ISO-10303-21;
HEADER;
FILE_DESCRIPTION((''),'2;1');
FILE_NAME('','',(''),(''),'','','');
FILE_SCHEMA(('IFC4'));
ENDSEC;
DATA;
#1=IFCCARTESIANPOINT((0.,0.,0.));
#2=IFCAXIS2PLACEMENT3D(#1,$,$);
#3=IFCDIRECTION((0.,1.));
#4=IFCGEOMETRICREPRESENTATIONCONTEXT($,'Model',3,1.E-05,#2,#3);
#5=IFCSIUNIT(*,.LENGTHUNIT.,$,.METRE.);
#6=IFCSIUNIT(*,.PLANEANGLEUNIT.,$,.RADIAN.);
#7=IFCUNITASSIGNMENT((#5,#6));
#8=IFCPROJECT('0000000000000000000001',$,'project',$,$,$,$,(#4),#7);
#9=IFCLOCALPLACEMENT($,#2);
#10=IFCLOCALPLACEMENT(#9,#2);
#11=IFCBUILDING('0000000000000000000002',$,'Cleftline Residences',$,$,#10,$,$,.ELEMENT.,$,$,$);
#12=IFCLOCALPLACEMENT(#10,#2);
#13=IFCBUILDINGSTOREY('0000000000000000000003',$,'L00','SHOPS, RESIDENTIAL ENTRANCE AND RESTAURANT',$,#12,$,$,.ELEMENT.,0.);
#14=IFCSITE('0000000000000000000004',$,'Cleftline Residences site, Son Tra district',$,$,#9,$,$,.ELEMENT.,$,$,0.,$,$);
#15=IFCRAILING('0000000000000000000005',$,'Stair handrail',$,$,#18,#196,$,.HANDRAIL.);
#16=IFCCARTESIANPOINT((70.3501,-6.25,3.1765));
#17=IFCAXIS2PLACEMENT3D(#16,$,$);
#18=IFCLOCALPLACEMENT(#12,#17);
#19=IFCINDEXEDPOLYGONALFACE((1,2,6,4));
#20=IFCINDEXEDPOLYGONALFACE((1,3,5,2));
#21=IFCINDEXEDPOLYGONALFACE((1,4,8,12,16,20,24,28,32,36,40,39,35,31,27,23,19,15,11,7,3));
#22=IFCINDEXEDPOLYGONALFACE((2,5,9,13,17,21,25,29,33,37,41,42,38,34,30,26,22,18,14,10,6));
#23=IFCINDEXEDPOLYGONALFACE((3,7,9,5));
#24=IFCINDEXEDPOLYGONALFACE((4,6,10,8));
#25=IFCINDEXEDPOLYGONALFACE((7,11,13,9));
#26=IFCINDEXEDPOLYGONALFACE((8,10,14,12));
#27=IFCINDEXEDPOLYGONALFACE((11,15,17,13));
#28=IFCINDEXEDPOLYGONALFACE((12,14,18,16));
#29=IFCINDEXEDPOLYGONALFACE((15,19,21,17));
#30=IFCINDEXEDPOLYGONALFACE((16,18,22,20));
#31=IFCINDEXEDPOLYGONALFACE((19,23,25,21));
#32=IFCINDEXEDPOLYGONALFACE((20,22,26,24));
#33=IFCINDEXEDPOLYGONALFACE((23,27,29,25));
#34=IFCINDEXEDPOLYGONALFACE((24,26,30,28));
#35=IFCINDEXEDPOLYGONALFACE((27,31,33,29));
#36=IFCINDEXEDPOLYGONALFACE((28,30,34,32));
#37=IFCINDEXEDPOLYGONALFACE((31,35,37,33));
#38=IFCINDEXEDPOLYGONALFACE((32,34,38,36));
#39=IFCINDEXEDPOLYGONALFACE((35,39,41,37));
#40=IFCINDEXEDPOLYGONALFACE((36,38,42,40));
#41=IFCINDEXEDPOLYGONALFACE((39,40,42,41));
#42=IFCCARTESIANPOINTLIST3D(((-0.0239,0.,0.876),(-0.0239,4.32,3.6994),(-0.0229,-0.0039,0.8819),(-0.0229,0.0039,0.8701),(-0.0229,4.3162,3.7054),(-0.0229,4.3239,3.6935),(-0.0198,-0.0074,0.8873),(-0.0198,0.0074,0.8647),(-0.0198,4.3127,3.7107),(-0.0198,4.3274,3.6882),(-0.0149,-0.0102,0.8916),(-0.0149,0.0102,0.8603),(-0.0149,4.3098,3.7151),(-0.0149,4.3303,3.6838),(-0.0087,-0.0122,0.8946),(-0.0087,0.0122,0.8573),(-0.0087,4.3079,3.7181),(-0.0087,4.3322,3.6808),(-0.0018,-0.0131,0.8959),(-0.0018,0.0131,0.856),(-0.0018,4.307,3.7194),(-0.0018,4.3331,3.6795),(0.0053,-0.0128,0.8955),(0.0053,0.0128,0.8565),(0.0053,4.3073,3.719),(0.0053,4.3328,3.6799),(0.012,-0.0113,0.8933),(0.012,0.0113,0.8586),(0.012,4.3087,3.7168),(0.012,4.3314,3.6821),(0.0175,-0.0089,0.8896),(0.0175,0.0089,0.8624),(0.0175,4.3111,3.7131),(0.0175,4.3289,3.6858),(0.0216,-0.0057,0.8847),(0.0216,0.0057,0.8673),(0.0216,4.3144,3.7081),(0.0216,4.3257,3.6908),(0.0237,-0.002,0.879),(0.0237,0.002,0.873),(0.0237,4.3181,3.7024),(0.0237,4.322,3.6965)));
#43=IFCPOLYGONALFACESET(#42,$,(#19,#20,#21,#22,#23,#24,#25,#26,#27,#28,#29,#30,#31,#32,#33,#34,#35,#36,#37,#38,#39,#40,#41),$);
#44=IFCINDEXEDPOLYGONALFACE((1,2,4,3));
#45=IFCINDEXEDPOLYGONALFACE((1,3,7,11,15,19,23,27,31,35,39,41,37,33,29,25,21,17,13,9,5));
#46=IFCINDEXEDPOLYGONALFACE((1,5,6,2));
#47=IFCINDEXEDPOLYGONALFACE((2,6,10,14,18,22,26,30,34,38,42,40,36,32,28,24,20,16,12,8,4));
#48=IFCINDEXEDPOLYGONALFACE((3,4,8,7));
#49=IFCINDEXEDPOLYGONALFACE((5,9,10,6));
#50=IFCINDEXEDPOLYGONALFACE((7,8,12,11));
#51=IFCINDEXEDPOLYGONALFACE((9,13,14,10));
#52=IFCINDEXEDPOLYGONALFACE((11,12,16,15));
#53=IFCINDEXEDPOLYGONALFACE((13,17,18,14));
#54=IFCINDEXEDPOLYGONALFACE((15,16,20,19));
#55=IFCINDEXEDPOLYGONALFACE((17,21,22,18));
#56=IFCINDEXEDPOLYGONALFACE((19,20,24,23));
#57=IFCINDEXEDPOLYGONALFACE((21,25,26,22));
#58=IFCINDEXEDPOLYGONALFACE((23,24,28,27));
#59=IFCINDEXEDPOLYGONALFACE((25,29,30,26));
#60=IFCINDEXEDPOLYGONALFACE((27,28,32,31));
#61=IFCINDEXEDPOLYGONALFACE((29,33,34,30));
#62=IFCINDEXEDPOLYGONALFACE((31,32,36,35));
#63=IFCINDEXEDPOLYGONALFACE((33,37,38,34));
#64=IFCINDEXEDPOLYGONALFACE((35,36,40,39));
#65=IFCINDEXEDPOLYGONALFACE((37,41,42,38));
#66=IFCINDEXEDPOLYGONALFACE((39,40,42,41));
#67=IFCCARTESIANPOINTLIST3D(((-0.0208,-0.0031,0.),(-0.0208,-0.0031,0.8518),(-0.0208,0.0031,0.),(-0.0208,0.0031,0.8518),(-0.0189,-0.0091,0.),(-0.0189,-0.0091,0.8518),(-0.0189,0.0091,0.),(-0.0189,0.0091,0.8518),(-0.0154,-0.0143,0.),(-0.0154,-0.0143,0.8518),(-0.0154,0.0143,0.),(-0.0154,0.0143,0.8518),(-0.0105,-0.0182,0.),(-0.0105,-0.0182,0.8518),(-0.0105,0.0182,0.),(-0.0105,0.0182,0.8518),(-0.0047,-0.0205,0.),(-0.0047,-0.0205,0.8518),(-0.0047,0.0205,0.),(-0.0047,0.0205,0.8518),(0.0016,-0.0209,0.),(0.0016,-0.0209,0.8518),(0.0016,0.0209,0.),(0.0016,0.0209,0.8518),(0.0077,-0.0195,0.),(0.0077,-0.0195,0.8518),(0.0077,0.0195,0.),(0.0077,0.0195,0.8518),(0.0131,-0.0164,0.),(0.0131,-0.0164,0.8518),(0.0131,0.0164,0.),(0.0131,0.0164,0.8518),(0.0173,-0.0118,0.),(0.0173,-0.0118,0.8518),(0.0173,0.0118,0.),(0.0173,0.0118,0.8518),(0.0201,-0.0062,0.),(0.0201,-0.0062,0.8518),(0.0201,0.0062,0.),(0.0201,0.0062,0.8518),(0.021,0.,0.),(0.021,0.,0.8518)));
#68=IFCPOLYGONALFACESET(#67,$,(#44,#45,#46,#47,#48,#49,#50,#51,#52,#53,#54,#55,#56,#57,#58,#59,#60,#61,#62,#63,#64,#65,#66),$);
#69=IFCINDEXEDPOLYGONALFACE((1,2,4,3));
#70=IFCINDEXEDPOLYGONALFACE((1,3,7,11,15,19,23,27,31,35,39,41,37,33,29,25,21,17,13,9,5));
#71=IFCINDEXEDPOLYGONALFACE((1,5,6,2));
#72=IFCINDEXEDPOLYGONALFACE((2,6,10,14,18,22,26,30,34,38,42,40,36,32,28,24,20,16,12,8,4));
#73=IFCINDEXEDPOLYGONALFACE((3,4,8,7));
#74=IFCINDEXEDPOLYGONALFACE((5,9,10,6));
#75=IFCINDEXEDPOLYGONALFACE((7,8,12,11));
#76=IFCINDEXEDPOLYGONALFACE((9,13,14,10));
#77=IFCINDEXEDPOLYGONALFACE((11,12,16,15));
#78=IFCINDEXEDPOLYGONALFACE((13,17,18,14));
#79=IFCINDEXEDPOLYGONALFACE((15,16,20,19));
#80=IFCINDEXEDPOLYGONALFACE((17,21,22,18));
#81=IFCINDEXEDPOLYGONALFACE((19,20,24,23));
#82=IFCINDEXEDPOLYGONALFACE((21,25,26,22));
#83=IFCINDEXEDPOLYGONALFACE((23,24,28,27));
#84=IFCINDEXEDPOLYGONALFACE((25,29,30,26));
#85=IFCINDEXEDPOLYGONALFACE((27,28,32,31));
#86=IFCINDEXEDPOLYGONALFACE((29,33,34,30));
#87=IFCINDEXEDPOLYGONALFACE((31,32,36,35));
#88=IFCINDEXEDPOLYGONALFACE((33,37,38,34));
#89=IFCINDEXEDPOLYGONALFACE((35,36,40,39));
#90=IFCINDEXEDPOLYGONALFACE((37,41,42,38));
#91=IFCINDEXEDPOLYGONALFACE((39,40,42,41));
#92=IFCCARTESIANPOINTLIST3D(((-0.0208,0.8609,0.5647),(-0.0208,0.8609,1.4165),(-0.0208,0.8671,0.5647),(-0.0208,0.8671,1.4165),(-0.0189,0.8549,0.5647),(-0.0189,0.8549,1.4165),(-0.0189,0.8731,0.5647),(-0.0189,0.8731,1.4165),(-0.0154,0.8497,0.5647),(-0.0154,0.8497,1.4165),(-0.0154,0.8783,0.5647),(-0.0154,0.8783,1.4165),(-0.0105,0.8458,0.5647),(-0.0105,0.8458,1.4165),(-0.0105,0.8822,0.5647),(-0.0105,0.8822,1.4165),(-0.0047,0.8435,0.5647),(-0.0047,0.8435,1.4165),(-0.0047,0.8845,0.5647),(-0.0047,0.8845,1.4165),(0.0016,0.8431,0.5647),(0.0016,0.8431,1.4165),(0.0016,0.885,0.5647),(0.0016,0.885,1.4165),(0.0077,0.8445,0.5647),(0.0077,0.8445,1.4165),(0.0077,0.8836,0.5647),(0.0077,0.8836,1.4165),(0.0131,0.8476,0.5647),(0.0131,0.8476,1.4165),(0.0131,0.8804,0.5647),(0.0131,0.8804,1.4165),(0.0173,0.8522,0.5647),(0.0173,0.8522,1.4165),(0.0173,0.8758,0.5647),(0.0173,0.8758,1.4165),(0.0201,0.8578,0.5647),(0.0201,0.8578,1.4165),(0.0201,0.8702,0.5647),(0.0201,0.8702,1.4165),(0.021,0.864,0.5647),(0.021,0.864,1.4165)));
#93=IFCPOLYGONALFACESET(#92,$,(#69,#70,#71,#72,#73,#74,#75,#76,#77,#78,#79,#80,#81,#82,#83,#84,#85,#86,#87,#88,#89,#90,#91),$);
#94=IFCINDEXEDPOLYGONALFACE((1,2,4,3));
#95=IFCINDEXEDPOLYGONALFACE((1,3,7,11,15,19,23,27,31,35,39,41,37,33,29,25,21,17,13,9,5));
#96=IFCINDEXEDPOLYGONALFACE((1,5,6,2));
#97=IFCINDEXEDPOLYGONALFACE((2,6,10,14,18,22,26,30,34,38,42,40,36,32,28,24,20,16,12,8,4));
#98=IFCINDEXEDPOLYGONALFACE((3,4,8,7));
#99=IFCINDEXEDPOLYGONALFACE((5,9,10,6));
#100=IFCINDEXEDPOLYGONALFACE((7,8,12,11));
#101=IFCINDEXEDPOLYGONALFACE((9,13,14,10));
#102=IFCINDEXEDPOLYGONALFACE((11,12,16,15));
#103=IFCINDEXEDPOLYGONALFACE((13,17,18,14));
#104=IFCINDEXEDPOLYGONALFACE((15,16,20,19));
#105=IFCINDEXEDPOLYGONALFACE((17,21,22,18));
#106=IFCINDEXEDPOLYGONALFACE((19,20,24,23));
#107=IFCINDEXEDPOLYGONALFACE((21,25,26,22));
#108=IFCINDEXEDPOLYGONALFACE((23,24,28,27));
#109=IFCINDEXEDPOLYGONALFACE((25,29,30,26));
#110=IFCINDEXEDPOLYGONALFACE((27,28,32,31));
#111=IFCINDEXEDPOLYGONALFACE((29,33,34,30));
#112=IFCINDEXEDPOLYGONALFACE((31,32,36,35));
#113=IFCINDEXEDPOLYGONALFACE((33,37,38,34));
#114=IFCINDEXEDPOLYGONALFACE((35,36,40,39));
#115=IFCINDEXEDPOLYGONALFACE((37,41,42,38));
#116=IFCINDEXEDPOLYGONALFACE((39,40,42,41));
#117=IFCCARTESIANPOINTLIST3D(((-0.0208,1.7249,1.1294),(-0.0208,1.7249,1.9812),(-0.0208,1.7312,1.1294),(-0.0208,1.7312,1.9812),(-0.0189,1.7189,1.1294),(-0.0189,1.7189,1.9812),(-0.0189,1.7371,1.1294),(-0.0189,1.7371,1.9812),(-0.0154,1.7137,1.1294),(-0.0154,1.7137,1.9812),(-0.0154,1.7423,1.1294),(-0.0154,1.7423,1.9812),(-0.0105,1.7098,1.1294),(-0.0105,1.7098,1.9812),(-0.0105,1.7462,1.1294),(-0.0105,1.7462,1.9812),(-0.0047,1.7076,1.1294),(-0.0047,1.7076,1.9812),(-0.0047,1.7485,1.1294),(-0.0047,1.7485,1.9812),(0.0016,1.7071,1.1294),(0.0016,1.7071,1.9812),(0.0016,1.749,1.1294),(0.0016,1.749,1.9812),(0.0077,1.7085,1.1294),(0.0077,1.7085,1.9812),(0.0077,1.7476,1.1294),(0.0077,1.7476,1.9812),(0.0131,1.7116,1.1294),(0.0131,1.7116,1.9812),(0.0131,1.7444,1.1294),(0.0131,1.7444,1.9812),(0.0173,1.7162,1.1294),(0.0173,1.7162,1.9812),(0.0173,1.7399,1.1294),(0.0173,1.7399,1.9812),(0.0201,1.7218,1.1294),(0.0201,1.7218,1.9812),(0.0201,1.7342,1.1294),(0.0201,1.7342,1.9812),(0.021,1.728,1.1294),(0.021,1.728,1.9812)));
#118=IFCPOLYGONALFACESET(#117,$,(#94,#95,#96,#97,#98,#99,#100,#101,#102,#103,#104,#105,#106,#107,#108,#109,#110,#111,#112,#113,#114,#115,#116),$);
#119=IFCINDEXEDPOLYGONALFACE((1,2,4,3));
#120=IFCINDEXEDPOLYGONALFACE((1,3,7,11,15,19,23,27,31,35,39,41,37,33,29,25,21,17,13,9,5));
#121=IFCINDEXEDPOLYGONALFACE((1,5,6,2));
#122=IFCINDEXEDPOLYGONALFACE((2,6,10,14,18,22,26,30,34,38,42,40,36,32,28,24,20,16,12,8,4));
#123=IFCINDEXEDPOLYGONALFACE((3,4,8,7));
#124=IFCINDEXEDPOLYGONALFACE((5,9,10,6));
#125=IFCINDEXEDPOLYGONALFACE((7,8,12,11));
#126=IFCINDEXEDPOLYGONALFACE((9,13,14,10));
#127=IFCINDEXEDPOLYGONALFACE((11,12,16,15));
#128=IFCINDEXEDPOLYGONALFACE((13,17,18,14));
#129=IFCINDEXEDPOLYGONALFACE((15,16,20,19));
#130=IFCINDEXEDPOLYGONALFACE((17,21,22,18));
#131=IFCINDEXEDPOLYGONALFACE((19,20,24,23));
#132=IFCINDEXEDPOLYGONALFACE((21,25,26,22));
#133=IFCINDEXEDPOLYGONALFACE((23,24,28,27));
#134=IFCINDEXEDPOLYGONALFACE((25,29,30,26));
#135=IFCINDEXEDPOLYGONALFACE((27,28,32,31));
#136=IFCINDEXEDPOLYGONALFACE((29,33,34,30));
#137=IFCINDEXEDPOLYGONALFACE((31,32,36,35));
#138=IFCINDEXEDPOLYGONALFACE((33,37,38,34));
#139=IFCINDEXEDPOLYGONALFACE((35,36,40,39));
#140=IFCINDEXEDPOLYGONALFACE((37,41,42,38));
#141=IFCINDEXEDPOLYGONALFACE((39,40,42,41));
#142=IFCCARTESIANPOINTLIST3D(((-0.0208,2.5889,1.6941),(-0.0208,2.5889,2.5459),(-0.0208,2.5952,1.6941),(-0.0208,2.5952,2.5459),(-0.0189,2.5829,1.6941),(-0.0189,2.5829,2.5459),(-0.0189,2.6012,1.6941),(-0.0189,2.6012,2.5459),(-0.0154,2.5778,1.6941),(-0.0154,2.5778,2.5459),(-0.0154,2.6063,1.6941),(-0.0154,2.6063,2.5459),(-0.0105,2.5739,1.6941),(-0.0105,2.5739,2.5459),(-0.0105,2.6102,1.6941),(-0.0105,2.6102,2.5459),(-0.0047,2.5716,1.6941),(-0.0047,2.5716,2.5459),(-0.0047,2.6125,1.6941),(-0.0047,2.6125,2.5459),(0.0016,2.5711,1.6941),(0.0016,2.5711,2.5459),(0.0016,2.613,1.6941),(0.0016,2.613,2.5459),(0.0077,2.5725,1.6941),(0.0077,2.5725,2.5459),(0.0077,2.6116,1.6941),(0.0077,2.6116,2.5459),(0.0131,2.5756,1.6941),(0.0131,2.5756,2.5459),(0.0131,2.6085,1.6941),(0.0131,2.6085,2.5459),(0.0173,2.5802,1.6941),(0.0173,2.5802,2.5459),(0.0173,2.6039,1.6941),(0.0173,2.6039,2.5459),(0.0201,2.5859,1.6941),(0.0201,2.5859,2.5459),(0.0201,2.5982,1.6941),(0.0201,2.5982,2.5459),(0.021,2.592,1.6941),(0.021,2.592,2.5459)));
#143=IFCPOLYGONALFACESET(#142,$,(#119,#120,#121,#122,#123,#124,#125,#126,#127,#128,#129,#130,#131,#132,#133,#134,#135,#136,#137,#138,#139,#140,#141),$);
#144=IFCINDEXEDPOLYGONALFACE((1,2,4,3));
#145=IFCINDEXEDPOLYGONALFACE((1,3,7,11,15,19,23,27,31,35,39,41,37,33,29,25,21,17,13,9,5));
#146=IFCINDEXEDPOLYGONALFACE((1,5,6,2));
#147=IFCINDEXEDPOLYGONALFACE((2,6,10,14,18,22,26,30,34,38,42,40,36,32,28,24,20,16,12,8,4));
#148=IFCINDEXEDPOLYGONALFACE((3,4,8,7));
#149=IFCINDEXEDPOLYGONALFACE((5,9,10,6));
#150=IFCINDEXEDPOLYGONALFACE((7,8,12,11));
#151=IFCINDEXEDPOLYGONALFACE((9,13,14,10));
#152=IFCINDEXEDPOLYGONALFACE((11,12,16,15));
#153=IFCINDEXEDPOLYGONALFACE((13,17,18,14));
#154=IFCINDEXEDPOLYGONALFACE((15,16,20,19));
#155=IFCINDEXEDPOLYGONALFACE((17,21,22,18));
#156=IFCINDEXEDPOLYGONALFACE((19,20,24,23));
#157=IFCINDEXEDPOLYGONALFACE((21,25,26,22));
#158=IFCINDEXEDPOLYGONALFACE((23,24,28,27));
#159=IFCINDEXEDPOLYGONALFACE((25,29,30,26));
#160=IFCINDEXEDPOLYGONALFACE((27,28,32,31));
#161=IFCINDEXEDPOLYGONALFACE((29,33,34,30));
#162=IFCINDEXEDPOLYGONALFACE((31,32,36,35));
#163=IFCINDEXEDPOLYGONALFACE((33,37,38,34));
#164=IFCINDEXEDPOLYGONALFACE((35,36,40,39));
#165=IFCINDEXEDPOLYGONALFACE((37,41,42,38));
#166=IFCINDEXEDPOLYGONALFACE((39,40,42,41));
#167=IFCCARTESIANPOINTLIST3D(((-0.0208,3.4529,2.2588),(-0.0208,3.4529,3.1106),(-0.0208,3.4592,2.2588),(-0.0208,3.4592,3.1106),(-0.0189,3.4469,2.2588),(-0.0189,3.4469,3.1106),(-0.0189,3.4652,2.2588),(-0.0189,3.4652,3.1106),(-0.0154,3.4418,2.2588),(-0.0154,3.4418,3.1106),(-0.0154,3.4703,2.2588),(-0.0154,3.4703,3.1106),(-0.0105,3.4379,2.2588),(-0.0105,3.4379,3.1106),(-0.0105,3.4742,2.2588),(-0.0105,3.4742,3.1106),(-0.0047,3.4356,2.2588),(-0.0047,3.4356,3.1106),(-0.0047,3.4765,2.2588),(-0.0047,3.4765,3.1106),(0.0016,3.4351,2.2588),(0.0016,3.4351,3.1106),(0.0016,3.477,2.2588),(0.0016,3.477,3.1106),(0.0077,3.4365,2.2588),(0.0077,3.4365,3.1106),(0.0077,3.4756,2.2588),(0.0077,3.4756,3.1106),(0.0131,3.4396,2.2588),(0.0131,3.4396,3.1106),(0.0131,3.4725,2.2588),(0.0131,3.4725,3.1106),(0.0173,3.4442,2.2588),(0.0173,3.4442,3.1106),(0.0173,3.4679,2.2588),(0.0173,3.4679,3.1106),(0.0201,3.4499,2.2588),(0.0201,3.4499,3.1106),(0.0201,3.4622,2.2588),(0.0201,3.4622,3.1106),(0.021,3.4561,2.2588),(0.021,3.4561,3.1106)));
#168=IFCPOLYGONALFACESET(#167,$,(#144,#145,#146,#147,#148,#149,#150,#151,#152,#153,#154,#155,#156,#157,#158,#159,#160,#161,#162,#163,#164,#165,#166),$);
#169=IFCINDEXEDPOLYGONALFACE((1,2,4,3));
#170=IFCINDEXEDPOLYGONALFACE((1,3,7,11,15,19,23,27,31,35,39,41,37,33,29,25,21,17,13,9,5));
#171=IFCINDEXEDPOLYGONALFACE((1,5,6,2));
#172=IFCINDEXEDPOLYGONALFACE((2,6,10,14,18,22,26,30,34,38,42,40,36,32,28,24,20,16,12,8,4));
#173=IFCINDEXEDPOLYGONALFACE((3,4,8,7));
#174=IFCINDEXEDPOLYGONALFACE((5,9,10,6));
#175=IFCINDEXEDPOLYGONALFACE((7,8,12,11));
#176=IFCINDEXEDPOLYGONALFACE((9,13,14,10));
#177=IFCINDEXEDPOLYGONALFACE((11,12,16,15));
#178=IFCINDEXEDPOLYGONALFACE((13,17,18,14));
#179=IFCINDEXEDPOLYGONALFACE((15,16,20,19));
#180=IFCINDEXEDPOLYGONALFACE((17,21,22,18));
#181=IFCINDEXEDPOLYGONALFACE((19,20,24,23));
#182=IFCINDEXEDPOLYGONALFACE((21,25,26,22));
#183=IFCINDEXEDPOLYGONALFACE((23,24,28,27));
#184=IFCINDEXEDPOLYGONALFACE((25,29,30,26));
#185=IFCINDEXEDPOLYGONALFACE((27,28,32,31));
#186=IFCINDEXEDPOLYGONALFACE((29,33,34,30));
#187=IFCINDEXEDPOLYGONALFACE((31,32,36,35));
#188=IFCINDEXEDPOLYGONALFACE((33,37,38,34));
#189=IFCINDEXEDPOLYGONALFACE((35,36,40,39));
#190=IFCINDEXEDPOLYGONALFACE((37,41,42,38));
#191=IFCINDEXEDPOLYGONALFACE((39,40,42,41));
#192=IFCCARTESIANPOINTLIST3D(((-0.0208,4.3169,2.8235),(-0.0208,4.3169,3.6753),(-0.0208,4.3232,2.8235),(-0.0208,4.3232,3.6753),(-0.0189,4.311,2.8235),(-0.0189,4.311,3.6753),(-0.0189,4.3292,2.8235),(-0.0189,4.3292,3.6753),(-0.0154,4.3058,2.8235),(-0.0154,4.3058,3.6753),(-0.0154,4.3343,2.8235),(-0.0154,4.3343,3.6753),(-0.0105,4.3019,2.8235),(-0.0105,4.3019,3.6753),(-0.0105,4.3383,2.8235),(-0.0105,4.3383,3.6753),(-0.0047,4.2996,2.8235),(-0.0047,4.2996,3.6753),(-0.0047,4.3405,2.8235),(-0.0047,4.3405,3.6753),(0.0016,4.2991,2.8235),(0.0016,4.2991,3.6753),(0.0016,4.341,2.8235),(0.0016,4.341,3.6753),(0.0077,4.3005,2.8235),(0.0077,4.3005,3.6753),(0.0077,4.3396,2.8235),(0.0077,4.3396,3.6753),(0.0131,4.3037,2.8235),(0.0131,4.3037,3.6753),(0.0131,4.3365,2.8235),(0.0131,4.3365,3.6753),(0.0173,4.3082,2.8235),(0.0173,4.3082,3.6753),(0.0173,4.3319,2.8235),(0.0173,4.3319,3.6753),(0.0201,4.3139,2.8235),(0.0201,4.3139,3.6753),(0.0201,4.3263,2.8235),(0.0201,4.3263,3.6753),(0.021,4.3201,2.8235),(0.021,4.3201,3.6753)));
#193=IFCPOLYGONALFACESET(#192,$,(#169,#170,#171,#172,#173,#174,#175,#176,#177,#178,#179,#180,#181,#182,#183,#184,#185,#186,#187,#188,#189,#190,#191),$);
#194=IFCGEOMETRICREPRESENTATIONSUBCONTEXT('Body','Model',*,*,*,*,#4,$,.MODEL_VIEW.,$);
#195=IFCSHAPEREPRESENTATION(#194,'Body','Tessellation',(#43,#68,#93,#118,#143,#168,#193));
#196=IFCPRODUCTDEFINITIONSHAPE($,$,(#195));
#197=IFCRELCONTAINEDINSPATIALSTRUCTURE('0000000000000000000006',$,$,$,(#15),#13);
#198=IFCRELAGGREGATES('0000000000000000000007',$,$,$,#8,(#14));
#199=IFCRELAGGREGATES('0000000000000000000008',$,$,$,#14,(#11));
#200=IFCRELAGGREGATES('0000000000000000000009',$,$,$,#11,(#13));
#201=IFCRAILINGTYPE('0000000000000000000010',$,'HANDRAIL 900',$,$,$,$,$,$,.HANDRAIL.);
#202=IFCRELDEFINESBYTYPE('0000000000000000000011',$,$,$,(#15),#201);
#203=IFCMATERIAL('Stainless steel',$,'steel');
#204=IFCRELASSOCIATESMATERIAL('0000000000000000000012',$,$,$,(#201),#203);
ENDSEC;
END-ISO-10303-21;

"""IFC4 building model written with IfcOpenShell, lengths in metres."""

from ifc_helpers import new_model, si_unit, direction, frame, origin, origin_2d, place, context, subcontext, project, spatial, circle, extrude, material, type_object, element, save


model = new_model("IFC4")

# Units and contexts
model_context = context("Model", 3, precision=1e-05, world=origin(), true_north=direction((0.0, 1.0)))
body_context = subcontext(model_context, "Body", "Model", "MODEL_VIEW")
ifc_project = project(units=[si_unit("LENGTHUNIT", "METRE"), si_unit("PLANEANGLEUNIT", "RADIAN")], contexts=[model_context])

# Site, building, storey
site_placement = place(None, origin())
site = spatial("IfcSite", under=ifc_project, at=site_placement, Name="Cleftline Residences site, Son Tra district", CompositionType="ELEMENT", RefElevation=0.0)
building_placement = place(site_placement, origin())
building = spatial("IfcBuilding", under=site, at=building_placement, Name="Cleftline Residences", CompositionType="ELEMENT")
storey_placement = place(building_placement, origin())
storey = spatial("IfcBuildingStorey", under=building, at=storey_placement, Name="L00", Description="SHOPS, RESIDENTIAL ENTRANCE AND RESTAURANT", CompositionType="ELEMENT", Elevation=0.0)

# Railing
ifc_material_1 = material(Name="Stainless steel", Category="steel")
railing_type = type_object("IfcRailingType", Name="HANDRAIL 900", PredefinedType="HANDRAIL", material=ifc_material_1)
railing_1_placement = place(storey_placement, frame((70.3501, -6.25, 3.1765)))
element("IfcRailing", 1, at=railing_1_placement, inside=storey, type_object=railing_type, Name="Stair handrail", PredefinedType="HANDRAIL", context=body_context, shape_type="SweptSolid", body=[
    extrude(circle(Radius=0.0239, at=origin_2d()), frame((0.0, 0.0, 0.876), z_axis=(0.0, 0.837074, 0.54709), x_axis=(-1.0, 0.0, 0.0)), (0.0, 0.0, 1.0), 5.1609),
    extrude(circle(Radius=0.021, at=origin_2d()), origin(), (0.0, 0.0, 1.0), 0.8518),
    extrude(circle(Radius=0.021, at=origin_2d()), frame((0.0, 0.864, 0.5647)), (0.0, 0.0, 1.0), 0.8518),
    extrude(circle(Radius=0.021, at=origin_2d()), frame((0.0, 1.728, 1.1294)), (0.0, 0.0, 1.0), 0.8518),
    extrude(circle(Radius=0.021, at=origin_2d()), frame((0.0, 2.592, 1.6941)), (0.0, 0.0, 1.0), 0.8518),
    extrude(circle(Radius=0.021, at=origin_2d()), frame((0.0, 3.4561, 2.2588)), (0.0, 0.0, 1.0), 0.8518),
    extrude(circle(Radius=0.021, at=origin_2d()), frame((0.0, 4.3201, 2.8235)), (0.0, 0.0, 1.0), 0.8518),
])

save(model, "model.ifc")
